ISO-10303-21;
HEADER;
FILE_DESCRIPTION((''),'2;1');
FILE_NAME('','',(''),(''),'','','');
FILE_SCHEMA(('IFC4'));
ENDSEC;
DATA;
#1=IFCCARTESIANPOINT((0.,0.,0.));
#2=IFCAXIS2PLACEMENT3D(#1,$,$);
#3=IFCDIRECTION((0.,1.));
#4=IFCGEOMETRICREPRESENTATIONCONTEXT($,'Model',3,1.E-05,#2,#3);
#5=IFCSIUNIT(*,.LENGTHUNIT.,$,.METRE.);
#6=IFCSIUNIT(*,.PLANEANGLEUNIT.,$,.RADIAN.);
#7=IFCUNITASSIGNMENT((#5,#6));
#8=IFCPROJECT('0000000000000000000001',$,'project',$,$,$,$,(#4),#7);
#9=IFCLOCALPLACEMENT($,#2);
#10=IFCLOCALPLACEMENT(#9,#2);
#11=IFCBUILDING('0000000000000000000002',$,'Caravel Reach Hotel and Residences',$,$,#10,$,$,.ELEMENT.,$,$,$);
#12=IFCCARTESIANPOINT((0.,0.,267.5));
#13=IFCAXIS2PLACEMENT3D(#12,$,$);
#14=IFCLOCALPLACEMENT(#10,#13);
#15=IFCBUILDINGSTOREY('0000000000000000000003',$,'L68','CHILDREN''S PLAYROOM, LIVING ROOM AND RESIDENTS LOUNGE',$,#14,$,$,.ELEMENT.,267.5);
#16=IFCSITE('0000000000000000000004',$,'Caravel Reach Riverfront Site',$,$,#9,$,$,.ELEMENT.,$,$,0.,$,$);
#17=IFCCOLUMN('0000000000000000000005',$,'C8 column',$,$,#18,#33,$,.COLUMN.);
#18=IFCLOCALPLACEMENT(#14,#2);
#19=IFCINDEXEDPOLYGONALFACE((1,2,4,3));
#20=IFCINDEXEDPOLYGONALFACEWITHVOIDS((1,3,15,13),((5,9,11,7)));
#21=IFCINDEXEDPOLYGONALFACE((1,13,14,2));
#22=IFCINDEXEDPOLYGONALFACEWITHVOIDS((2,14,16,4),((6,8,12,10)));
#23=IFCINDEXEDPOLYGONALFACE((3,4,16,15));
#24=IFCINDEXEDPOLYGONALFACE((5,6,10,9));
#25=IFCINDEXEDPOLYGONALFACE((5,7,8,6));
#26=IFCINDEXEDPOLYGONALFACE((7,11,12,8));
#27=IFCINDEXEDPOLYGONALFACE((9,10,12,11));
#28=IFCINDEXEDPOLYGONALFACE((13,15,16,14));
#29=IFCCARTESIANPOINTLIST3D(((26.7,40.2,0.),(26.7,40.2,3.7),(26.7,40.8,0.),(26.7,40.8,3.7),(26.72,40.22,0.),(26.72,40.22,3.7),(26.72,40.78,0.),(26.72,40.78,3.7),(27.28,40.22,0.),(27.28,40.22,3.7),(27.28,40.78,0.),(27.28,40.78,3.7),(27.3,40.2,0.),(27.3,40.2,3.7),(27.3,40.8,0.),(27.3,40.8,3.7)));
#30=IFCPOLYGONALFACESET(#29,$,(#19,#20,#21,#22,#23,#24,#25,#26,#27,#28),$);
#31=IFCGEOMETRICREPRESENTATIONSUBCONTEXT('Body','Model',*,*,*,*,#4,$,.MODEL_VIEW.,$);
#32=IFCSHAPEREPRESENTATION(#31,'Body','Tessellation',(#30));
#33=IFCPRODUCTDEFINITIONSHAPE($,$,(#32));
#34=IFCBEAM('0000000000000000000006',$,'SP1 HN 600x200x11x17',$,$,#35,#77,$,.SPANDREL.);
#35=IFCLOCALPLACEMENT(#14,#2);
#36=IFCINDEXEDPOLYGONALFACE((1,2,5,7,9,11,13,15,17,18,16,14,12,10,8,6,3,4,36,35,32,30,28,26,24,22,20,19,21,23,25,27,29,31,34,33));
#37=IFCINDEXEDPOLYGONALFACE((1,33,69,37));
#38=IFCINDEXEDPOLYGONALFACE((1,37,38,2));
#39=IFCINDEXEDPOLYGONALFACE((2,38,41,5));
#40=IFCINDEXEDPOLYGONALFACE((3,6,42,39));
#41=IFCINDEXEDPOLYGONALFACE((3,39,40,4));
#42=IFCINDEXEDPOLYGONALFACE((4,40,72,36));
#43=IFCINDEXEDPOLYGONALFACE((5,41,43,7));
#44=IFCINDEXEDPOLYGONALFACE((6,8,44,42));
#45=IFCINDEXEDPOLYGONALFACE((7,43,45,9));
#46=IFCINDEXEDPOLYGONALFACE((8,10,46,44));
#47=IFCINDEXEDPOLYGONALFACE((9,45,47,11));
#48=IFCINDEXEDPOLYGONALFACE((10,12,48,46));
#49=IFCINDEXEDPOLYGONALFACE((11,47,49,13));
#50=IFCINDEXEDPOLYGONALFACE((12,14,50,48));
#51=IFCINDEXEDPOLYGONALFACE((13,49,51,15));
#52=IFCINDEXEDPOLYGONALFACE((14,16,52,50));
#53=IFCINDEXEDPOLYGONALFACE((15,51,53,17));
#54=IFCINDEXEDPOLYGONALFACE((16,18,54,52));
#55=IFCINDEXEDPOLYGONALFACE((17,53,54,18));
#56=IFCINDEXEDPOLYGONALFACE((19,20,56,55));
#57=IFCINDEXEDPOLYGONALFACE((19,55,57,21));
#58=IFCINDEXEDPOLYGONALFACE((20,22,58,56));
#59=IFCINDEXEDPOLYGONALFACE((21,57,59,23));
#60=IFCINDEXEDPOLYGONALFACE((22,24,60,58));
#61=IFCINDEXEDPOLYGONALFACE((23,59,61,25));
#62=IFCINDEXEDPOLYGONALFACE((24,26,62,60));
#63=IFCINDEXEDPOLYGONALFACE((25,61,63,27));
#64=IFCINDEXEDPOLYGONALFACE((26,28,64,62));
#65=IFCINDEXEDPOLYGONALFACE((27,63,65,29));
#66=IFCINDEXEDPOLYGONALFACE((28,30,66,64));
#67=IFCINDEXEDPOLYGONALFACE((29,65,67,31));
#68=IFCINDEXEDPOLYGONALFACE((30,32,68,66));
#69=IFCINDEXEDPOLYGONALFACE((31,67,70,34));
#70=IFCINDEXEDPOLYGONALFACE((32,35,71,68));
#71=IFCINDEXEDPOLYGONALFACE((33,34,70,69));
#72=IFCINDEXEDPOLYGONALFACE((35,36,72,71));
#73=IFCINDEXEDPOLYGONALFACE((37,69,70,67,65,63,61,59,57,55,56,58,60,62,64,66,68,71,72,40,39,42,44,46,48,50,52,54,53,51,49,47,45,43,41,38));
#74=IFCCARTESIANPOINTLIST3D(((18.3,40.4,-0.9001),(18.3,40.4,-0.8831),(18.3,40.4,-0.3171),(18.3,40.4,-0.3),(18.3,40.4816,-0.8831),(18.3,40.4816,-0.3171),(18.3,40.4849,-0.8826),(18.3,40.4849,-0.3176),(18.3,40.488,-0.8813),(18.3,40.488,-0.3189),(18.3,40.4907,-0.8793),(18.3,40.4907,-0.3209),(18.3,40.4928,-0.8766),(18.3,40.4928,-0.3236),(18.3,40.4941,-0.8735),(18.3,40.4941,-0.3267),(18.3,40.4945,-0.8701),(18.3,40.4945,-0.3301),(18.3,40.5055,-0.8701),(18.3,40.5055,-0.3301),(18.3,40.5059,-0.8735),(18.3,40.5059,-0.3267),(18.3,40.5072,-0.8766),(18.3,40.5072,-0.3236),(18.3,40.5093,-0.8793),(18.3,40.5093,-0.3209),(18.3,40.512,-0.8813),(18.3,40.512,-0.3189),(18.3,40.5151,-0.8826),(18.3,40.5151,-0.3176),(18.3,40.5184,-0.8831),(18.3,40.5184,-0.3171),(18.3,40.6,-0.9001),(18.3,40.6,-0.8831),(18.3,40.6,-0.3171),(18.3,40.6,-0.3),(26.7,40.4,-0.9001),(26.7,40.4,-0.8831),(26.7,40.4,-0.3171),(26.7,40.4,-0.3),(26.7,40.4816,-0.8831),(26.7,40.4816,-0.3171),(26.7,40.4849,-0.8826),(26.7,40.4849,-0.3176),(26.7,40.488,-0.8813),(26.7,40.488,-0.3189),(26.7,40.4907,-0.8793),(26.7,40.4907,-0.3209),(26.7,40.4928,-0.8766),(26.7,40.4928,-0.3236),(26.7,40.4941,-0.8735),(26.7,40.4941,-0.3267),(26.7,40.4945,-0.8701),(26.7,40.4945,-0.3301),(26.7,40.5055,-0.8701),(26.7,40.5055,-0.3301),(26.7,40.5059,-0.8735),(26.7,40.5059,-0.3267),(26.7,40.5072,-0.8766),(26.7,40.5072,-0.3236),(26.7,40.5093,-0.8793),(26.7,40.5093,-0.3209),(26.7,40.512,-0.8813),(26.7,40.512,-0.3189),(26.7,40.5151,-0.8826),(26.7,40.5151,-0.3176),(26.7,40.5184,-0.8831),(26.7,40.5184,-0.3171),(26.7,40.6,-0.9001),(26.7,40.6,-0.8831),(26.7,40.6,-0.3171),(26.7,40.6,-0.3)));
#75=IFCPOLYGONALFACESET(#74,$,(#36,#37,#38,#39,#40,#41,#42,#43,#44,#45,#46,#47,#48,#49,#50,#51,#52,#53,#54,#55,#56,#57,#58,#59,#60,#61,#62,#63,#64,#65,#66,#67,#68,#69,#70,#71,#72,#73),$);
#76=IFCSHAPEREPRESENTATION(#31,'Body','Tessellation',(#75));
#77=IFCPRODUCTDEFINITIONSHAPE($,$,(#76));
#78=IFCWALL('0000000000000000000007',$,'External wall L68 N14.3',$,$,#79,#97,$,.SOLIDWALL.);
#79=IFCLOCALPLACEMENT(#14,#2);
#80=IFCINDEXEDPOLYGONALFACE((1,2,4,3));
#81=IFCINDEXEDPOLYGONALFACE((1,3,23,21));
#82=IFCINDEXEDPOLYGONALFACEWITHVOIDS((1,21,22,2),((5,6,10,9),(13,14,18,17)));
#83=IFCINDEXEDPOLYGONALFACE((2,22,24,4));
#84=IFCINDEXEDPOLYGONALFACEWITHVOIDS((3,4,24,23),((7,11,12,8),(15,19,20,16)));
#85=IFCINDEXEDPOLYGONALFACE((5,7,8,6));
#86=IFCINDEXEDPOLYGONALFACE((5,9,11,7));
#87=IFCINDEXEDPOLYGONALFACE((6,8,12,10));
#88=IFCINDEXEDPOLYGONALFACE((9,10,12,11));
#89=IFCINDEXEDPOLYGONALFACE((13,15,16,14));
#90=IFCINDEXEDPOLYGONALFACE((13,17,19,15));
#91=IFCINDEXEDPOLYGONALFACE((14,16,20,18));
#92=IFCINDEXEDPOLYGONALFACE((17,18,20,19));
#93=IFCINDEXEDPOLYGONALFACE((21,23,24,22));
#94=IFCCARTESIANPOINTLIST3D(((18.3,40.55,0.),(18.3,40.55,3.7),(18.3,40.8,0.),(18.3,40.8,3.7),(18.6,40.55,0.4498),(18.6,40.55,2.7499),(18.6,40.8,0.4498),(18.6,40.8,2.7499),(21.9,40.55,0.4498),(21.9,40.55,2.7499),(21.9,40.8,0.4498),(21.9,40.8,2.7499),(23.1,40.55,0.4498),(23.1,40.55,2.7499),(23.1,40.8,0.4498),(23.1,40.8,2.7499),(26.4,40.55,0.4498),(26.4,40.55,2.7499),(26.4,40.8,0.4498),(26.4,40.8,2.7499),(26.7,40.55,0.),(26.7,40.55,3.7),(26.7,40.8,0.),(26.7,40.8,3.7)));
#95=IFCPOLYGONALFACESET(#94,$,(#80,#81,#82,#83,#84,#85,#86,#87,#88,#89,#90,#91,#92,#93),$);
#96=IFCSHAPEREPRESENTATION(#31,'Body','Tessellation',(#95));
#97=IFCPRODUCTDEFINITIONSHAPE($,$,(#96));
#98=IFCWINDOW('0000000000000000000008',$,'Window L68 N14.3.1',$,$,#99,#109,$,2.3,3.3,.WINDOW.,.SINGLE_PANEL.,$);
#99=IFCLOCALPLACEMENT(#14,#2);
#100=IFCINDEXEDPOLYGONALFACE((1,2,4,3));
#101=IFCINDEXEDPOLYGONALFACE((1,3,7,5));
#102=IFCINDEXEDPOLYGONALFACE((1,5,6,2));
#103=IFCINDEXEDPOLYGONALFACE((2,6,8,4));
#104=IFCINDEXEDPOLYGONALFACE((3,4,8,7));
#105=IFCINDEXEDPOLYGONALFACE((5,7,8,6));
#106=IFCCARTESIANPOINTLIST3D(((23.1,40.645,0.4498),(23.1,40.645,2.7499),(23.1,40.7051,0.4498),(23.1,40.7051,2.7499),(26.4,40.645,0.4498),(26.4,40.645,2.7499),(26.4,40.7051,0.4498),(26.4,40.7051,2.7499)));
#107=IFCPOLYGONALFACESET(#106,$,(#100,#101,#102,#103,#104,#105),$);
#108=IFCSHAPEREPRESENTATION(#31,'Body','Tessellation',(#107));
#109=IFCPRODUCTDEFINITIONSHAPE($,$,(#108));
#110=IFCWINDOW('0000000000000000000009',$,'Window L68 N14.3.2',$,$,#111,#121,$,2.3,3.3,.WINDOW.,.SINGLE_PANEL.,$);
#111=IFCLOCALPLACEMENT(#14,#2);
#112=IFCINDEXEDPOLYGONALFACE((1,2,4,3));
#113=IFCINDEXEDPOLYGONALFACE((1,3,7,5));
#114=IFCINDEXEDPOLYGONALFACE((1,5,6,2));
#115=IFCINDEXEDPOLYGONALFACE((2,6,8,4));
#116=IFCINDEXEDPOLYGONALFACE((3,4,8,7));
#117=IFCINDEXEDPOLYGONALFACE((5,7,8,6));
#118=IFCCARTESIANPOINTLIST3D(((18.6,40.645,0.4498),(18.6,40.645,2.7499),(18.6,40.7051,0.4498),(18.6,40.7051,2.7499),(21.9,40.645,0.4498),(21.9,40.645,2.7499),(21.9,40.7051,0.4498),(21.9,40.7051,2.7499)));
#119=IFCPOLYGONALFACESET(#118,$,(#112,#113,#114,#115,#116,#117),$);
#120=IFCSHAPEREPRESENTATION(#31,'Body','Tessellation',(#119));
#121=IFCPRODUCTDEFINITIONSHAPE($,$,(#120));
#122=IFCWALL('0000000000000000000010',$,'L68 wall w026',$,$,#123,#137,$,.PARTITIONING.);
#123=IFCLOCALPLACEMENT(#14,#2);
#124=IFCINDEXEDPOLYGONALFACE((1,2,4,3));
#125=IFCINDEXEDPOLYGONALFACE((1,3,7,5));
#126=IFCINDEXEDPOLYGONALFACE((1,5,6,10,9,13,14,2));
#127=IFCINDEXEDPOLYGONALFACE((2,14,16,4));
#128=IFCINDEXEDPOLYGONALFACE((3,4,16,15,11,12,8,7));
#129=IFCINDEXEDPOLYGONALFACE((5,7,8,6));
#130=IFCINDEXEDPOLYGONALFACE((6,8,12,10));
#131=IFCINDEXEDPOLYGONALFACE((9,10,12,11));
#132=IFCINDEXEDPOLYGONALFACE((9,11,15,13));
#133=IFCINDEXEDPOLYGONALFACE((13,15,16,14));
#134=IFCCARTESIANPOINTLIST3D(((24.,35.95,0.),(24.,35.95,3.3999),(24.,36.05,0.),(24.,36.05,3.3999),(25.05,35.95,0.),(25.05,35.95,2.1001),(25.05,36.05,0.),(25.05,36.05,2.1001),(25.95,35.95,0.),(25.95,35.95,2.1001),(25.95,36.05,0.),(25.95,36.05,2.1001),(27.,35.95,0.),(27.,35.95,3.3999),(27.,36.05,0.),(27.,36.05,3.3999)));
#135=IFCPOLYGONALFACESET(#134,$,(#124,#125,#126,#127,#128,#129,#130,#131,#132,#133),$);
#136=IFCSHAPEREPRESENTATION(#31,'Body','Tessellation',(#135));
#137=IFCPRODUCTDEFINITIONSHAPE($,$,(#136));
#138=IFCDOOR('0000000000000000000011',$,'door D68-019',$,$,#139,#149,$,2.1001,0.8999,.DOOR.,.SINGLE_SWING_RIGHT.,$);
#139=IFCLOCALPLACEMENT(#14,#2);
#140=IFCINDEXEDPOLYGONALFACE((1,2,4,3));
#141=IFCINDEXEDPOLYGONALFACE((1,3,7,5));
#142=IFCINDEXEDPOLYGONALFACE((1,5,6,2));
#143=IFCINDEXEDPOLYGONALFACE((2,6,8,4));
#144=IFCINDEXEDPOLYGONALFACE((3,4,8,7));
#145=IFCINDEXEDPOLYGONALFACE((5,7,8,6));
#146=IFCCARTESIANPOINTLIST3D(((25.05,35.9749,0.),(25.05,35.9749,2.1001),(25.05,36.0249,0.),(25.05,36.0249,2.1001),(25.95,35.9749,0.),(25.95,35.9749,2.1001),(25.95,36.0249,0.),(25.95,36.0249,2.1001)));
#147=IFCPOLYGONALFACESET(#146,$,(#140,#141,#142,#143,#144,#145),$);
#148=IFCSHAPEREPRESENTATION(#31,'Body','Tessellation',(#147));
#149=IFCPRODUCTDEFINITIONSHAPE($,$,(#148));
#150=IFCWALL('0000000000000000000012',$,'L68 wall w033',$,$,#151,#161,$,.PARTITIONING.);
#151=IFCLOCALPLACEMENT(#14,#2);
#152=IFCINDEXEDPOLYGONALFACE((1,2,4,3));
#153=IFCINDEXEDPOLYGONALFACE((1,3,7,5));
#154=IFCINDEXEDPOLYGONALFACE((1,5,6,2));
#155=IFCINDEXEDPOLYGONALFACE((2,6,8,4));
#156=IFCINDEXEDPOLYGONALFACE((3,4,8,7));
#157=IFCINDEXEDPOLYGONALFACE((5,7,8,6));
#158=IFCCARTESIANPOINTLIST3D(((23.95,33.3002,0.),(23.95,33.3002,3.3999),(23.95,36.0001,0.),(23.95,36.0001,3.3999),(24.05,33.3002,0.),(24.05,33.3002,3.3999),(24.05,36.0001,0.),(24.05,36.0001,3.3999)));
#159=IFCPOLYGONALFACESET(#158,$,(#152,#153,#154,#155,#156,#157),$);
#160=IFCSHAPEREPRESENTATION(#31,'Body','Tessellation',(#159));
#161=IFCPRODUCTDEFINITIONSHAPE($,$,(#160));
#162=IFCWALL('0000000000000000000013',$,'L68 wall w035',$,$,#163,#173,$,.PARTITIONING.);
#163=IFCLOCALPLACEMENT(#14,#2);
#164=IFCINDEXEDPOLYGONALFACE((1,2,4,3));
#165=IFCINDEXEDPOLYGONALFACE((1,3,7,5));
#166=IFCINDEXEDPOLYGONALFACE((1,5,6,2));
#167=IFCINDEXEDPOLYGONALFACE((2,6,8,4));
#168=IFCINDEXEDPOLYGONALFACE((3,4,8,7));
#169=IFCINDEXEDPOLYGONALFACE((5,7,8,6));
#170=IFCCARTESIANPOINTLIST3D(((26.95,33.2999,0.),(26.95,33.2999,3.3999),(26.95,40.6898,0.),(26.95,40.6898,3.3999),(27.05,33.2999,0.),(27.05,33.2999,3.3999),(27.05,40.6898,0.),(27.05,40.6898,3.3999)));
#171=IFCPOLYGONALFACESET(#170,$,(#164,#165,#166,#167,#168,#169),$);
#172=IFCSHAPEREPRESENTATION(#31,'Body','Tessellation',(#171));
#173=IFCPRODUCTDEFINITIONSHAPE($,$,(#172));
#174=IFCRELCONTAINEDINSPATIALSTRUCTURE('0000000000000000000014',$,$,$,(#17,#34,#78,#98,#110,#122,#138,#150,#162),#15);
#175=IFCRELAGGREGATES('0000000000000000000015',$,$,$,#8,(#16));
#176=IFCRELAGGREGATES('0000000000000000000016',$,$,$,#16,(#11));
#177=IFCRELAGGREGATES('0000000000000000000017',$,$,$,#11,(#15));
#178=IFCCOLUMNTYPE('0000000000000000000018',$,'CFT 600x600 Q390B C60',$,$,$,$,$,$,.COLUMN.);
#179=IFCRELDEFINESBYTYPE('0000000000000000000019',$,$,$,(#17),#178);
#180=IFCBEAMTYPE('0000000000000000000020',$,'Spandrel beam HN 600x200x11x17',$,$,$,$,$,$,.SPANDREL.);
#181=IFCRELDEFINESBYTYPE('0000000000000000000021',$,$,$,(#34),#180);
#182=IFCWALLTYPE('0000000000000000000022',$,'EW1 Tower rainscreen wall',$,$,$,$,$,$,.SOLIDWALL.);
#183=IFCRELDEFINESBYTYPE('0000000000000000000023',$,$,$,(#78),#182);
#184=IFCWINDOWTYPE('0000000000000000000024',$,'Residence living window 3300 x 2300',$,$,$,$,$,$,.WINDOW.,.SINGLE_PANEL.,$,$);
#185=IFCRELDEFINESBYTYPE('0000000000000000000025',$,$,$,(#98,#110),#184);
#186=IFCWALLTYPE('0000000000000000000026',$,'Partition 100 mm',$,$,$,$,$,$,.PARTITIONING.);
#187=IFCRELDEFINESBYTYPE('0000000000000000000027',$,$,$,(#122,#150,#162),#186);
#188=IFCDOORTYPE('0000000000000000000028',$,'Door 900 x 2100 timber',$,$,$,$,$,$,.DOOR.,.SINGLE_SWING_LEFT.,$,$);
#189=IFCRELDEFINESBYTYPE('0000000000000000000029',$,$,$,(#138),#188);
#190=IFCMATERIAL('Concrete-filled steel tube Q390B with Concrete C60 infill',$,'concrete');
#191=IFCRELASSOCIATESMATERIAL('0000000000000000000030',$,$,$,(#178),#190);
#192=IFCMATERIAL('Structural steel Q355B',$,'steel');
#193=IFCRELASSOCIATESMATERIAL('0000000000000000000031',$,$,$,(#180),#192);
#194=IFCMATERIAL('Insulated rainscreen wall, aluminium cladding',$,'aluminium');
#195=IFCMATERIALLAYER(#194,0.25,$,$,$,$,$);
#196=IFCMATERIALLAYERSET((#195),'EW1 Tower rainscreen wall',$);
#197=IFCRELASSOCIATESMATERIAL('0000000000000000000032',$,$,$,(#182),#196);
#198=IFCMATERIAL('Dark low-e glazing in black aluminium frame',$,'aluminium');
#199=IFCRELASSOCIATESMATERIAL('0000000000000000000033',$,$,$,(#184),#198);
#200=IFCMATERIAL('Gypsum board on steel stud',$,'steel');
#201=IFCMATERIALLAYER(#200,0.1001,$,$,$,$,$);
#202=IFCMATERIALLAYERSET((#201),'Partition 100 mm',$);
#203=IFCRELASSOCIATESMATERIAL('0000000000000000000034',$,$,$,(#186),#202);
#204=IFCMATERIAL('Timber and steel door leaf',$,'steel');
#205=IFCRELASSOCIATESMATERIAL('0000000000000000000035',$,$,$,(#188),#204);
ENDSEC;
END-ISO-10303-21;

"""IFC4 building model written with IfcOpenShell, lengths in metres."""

from ifc_helpers import new_model, si_unit, direction, frame, frame_2d, origin, origin_2d, place, context, subcontext, project, spatial, rectangle, hollow_rectangle, i_section, extrude, material, layer, layer_set, material_profile, profile_set, type_object, element, fill, save


model = new_model("IFC4")

# Units and contexts
model_context = context("Model", 3, precision=1e-05, world=origin(), true_north=direction((0.0, 1.0)))
body_context = subcontext(model_context, "Body", "Model", "MODEL_VIEW")
ifc_project = project(units=[si_unit("LENGTHUNIT", "METRE"), si_unit("PLANEANGLEUNIT", "RADIAN")], contexts=[model_context])

# Site, building, storey
site_placement = place(None, origin())
site = spatial("IfcSite", under=ifc_project, at=site_placement, Name="Caravel Reach Riverfront Site", CompositionType="ELEMENT", RefElevation=0.0)
building_placement = place(site_placement, origin())
building = spatial("IfcBuilding", under=site, at=building_placement, Name="Caravel Reach Hotel and Residences", CompositionType="ELEMENT")
storey_placement = place(building_placement, frame((0.0, 0.0, 267.5)))
storey = spatial("IfcBuildingStorey", under=building, at=storey_placement, Name="L68", Description="CHILDREN'S PLAYROOM, LIVING ROOM AND RESIDENTS LOUNGE", CompositionType="ELEMENT", Elevation=267.5)

# Column
ifc_material_1 = material(Name="Concrete-filled steel tube Q390B with Concrete C60 infill", Category="concrete")
ifc_material_profile_1 = material_profile(ifc_material_1, hollow_rectangle(XDim=0.6001, YDim=0.6001, WallThickness=0.02, at=origin_2d()), Name="RHS 600x600x20")
ifc_profile_set_1 = profile_set([ifc_material_profile_1], Name="Concrete-filled steel tube Q390B with Concrete C60 infill")
column_type = type_object("IfcColumnType", Name="CFT 600x600 Q390B C60", PredefinedType="COLUMN", material=ifc_profile_set_1)
column_placement = place(storey_placement, frame((27.0, 40.5, 0.0), z_axis=(0.0, 0.0, 1.0), x_axis=(1.0, 0.0, 0.0)))
element("IfcColumn", 1, at=column_placement, inside=storey, type_object=column_type, Name="C8 column", PredefinedType="COLUMN", context=body_context, shape_type="SweptSolid", body=[
    extrude(hollow_rectangle(XDim=0.6001, YDim=0.6001, WallThickness=0.02, at=origin_2d()), origin(), (0.0, 0.0, 1.0), 3.7),
])

# Beam
ifc_material_2 = material(Name="Structural steel Q355B", Category="steel")
ifc_material_profile_2 = material_profile(ifc_material_2, i_section(OverallWidth=0.2, OverallDepth=0.6001, WebThickness=0.011, FlangeThickness=0.0171, FilletRadius=0.0129, at=origin_2d()), Name="HN 600x200x11x17")
ifc_profile_set_2 = profile_set([ifc_material_profile_2], Name="Structural steel Q355B")
beam_type = type_object("IfcBeamType", Name="Spandrel beam HN 600x200x11x17", PredefinedType="SPANDREL", material=ifc_profile_set_2)
beam_placement = place(storey_placement, frame((26.7, 40.5, -0.6001), z_axis=(-1.0, 0.0, 0.0), x_axis=(0.0, -1.0, 0.0)))
element("IfcBeam", 2, at=beam_placement, inside=storey, type_object=beam_type, Name="SP1 HN 600x200x11x17", PredefinedType="SPANDREL", context=body_context, shape_type="SweptSolid", body=[
    extrude(i_section(OverallWidth=0.2, OverallDepth=0.6001, WebThickness=0.011, FlangeThickness=0.0171, FilletRadius=0.0129, at=origin_2d()), origin(), (0.0, 0.0, 1.0), 8.3999),
])

# Wall, openings, windows
ifc_material_3 = material(Name="Insulated rainscreen wall, aluminium cladding", Category="aluminium")
ifc_layer_1 = layer(ifc_material_3, 0.25)
ifc_layer_set_1 = layer_set([ifc_layer_1], Name="EW1 Tower rainscreen wall")
wall_type_1 = type_object("IfcWallType", Name="EW1 Tower rainscreen wall", PredefinedType="SOLIDWALL", material=ifc_layer_set_1)
wall_1_placement = place(storey_placement, frame((26.7, 40.675, 0.0), z_axis=(0.0, 0.0, 1.0), x_axis=(-1.0, 0.0, 0.0)))
wall_1 = element("IfcWall", 3, at=wall_1_placement, inside=storey, type_object=wall_type_1, Name="External wall L68 N14.3", PredefinedType="SOLIDWALL", context=body_context, shape_type="SweptSolid", body=[
    extrude(rectangle(XDim=8.3999, YDim=0.25, at=frame_2d((4.2, 0.0))), origin(), (0.0, 0.0, 1.0), 3.7),
])
opening_1_placement = place(wall_1_placement, frame((0.3, 0.0, 0.45)))
opening_1 = element("IfcOpeningElement", 4, at=opening_1_placement, cuts=wall_1, PredefinedType="OPENING", context=body_context, shape_type="SweptSolid", body=[
    extrude(rectangle(XDim=3.3, YDim=2.3, at=frame_2d((1.6499, 1.1499))), frame((0.0, 0.135, 0.0), z_axis=(0.0, -1.0, 0.0), x_axis=(1.0, 0.0, 0.0)), (0.0, 0.0, 1.0), 0.27),
])
opening_2_placement = place(wall_1_placement, frame((4.8, 0.0, 0.45)))
opening_2 = element("IfcOpeningElement", 5, at=opening_2_placement, cuts=wall_1, PredefinedType="OPENING", context=body_context, shape_type="SweptSolid", body=[
    extrude(rectangle(XDim=3.3, YDim=2.3, at=frame_2d((1.6499, 1.1499))), frame((0.0, 0.135, 0.0), z_axis=(0.0, -1.0, 0.0), x_axis=(1.0, 0.0, 0.0)), (0.0, 0.0, 1.0), 0.27),
])
ifc_material_4 = material(Name="Dark low-e glazing in black aluminium frame", Category="aluminium")
window_type = type_object("IfcWindowType", Name="Residence living window 3300 x 2300", PartitioningType="SINGLE_PANEL", PredefinedType="WINDOW", material=ifc_material_4)
window_1_placement = place(opening_1_placement, origin())
window_1 = element("IfcWindow", 6, at=window_1_placement, inside=storey, type_object=window_type, Name="Window L68 N14.3.1", OverallHeight=2.3, OverallWidth=3.3, PartitioningType="SINGLE_PANEL", PredefinedType="WINDOW", context=body_context, shape_type="SweptSolid", body=[
    extrude(rectangle(XDim=3.3, YDim=2.3, at=frame_2d((1.6499, 1.1499))), frame((0.0, 0.03, 0.0), z_axis=(0.0, -1.0, 0.0), x_axis=(1.0, 0.0, 0.0)), (0.0, 0.0, 1.0), 0.0601),
])
fill(opening_1, window_1)
window_2_placement = place(opening_2_placement, origin())
window_2 = element("IfcWindow", 7, at=window_2_placement, inside=storey, type_object=window_type, Name="Window L68 N14.3.2", OverallHeight=2.3, OverallWidth=3.3, PartitioningType="SINGLE_PANEL", PredefinedType="WINDOW", context=body_context, shape_type="SweptSolid", body=[
    extrude(rectangle(XDim=3.3, YDim=2.3, at=frame_2d((1.6499, 1.1499))), frame((0.0, 0.03, 0.0), z_axis=(0.0, -1.0, 0.0), x_axis=(1.0, 0.0, 0.0)), (0.0, 0.0, 1.0), 0.0601),
])
fill(opening_2, window_2)

# Wall, opening, door
ifc_material_5 = material(Name="Gypsum board on steel stud", Category="steel")
ifc_layer_2 = layer(ifc_material_5, 0.1001)
ifc_layer_set_2 = layer_set([ifc_layer_2], Name="Partition 100 mm")
wall_type_2 = type_object("IfcWallType", Name="Partition 100 mm", PredefinedType="PARTITIONING", material=ifc_layer_set_2)
wall_2_placement = place(storey_placement, frame((24.0, 36.0, 0.0), z_axis=(0.0, 0.0, 1.0), x_axis=(1.0, 0.0, 0.0)))
wall_2 = element("IfcWall", 8, at=wall_2_placement, inside=storey, type_object=wall_type_2, Name="L68 wall w026", PredefinedType="PARTITIONING", context=body_context, shape_type="SweptSolid", body=[
    extrude(rectangle(XDim=3.0, YDim=0.1001, at=frame_2d((1.5, 0.0))), origin(), (0.0, 0.0, 1.0), 3.3999),
])
opening_3_placement = place(wall_2_placement, frame((1.05, 0.0, 0.0)))
opening_3 = element("IfcOpeningElement", 9, at=opening_3_placement, cuts=wall_2, PredefinedType="OPENING", context=body_context, shape_type="SweptSolid", body=[
    extrude(rectangle(XDim=0.8999, YDim=2.1001, at=frame_2d((0.45, 1.05))), frame((0.0, 0.0601, 0.0), z_axis=(0.0, -1.0, 0.0), x_axis=(1.0, 0.0, 0.0)), (0.0, 0.0, 1.0), 0.1201),
])
ifc_material_6 = material(Name="Timber and steel door leaf", Category="steel")
door_type = type_object("IfcDoorType", Name="Door 900 x 2100 timber", OperationType="SINGLE_SWING_LEFT", PredefinedType="DOOR", material=ifc_material_6)
door_placement = place(opening_3_placement, origin())
door = element("IfcDoor", 10, at=door_placement, inside=storey, type_object=door_type, Name="door D68-019", OperationType="SINGLE_SWING_RIGHT", OverallHeight=2.1001, OverallWidth=0.8999, PredefinedType="DOOR", context=body_context, shape_type="SweptSolid", body=[
    extrude(rectangle(XDim=0.8999, YDim=2.1001, at=frame_2d((0.45, 1.05))), frame((0.0, 0.0249, 0.0), z_axis=(0.0, -1.0, 0.0), x_axis=(1.0, 0.0, 0.0)), (0.0, 0.0, 1.0), 0.05),
])
fill(opening_3, door)

# Walls
wall_3_placement = place(storey_placement, frame((24.0, 33.3, 0.0), z_axis=(0.0, 0.0, 1.0), x_axis=(0.0, 1.0, 0.0)))
element("IfcWall", 11, at=wall_3_placement, inside=storey, type_object=wall_type_2, Name="L68 wall w033", PredefinedType="PARTITIONING", context=body_context, shape_type="SweptSolid", body=[
    extrude(rectangle(XDim=2.7, YDim=0.1001, at=frame_2d((1.3501, 0.0))), origin(), (0.0, 0.0, 1.0), 3.3999),
])
wall_4_placement = place(storey_placement, frame((27.0, 33.3, 0.0), z_axis=(0.0, 0.0, 1.0), x_axis=(0.0, 1.0, 0.0)))
element("IfcWall", 12, at=wall_4_placement, inside=storey, type_object=wall_type_2, Name="L68 wall w035", PredefinedType="PARTITIONING", context=body_context, shape_type="SweptSolid", body=[
    extrude(rectangle(XDim=7.3899, YDim=0.1001, at=frame_2d((3.6948, 0.0))), origin(), (0.0, 0.0, 1.0), 3.3999),
])

save(model, "model.ifc")
